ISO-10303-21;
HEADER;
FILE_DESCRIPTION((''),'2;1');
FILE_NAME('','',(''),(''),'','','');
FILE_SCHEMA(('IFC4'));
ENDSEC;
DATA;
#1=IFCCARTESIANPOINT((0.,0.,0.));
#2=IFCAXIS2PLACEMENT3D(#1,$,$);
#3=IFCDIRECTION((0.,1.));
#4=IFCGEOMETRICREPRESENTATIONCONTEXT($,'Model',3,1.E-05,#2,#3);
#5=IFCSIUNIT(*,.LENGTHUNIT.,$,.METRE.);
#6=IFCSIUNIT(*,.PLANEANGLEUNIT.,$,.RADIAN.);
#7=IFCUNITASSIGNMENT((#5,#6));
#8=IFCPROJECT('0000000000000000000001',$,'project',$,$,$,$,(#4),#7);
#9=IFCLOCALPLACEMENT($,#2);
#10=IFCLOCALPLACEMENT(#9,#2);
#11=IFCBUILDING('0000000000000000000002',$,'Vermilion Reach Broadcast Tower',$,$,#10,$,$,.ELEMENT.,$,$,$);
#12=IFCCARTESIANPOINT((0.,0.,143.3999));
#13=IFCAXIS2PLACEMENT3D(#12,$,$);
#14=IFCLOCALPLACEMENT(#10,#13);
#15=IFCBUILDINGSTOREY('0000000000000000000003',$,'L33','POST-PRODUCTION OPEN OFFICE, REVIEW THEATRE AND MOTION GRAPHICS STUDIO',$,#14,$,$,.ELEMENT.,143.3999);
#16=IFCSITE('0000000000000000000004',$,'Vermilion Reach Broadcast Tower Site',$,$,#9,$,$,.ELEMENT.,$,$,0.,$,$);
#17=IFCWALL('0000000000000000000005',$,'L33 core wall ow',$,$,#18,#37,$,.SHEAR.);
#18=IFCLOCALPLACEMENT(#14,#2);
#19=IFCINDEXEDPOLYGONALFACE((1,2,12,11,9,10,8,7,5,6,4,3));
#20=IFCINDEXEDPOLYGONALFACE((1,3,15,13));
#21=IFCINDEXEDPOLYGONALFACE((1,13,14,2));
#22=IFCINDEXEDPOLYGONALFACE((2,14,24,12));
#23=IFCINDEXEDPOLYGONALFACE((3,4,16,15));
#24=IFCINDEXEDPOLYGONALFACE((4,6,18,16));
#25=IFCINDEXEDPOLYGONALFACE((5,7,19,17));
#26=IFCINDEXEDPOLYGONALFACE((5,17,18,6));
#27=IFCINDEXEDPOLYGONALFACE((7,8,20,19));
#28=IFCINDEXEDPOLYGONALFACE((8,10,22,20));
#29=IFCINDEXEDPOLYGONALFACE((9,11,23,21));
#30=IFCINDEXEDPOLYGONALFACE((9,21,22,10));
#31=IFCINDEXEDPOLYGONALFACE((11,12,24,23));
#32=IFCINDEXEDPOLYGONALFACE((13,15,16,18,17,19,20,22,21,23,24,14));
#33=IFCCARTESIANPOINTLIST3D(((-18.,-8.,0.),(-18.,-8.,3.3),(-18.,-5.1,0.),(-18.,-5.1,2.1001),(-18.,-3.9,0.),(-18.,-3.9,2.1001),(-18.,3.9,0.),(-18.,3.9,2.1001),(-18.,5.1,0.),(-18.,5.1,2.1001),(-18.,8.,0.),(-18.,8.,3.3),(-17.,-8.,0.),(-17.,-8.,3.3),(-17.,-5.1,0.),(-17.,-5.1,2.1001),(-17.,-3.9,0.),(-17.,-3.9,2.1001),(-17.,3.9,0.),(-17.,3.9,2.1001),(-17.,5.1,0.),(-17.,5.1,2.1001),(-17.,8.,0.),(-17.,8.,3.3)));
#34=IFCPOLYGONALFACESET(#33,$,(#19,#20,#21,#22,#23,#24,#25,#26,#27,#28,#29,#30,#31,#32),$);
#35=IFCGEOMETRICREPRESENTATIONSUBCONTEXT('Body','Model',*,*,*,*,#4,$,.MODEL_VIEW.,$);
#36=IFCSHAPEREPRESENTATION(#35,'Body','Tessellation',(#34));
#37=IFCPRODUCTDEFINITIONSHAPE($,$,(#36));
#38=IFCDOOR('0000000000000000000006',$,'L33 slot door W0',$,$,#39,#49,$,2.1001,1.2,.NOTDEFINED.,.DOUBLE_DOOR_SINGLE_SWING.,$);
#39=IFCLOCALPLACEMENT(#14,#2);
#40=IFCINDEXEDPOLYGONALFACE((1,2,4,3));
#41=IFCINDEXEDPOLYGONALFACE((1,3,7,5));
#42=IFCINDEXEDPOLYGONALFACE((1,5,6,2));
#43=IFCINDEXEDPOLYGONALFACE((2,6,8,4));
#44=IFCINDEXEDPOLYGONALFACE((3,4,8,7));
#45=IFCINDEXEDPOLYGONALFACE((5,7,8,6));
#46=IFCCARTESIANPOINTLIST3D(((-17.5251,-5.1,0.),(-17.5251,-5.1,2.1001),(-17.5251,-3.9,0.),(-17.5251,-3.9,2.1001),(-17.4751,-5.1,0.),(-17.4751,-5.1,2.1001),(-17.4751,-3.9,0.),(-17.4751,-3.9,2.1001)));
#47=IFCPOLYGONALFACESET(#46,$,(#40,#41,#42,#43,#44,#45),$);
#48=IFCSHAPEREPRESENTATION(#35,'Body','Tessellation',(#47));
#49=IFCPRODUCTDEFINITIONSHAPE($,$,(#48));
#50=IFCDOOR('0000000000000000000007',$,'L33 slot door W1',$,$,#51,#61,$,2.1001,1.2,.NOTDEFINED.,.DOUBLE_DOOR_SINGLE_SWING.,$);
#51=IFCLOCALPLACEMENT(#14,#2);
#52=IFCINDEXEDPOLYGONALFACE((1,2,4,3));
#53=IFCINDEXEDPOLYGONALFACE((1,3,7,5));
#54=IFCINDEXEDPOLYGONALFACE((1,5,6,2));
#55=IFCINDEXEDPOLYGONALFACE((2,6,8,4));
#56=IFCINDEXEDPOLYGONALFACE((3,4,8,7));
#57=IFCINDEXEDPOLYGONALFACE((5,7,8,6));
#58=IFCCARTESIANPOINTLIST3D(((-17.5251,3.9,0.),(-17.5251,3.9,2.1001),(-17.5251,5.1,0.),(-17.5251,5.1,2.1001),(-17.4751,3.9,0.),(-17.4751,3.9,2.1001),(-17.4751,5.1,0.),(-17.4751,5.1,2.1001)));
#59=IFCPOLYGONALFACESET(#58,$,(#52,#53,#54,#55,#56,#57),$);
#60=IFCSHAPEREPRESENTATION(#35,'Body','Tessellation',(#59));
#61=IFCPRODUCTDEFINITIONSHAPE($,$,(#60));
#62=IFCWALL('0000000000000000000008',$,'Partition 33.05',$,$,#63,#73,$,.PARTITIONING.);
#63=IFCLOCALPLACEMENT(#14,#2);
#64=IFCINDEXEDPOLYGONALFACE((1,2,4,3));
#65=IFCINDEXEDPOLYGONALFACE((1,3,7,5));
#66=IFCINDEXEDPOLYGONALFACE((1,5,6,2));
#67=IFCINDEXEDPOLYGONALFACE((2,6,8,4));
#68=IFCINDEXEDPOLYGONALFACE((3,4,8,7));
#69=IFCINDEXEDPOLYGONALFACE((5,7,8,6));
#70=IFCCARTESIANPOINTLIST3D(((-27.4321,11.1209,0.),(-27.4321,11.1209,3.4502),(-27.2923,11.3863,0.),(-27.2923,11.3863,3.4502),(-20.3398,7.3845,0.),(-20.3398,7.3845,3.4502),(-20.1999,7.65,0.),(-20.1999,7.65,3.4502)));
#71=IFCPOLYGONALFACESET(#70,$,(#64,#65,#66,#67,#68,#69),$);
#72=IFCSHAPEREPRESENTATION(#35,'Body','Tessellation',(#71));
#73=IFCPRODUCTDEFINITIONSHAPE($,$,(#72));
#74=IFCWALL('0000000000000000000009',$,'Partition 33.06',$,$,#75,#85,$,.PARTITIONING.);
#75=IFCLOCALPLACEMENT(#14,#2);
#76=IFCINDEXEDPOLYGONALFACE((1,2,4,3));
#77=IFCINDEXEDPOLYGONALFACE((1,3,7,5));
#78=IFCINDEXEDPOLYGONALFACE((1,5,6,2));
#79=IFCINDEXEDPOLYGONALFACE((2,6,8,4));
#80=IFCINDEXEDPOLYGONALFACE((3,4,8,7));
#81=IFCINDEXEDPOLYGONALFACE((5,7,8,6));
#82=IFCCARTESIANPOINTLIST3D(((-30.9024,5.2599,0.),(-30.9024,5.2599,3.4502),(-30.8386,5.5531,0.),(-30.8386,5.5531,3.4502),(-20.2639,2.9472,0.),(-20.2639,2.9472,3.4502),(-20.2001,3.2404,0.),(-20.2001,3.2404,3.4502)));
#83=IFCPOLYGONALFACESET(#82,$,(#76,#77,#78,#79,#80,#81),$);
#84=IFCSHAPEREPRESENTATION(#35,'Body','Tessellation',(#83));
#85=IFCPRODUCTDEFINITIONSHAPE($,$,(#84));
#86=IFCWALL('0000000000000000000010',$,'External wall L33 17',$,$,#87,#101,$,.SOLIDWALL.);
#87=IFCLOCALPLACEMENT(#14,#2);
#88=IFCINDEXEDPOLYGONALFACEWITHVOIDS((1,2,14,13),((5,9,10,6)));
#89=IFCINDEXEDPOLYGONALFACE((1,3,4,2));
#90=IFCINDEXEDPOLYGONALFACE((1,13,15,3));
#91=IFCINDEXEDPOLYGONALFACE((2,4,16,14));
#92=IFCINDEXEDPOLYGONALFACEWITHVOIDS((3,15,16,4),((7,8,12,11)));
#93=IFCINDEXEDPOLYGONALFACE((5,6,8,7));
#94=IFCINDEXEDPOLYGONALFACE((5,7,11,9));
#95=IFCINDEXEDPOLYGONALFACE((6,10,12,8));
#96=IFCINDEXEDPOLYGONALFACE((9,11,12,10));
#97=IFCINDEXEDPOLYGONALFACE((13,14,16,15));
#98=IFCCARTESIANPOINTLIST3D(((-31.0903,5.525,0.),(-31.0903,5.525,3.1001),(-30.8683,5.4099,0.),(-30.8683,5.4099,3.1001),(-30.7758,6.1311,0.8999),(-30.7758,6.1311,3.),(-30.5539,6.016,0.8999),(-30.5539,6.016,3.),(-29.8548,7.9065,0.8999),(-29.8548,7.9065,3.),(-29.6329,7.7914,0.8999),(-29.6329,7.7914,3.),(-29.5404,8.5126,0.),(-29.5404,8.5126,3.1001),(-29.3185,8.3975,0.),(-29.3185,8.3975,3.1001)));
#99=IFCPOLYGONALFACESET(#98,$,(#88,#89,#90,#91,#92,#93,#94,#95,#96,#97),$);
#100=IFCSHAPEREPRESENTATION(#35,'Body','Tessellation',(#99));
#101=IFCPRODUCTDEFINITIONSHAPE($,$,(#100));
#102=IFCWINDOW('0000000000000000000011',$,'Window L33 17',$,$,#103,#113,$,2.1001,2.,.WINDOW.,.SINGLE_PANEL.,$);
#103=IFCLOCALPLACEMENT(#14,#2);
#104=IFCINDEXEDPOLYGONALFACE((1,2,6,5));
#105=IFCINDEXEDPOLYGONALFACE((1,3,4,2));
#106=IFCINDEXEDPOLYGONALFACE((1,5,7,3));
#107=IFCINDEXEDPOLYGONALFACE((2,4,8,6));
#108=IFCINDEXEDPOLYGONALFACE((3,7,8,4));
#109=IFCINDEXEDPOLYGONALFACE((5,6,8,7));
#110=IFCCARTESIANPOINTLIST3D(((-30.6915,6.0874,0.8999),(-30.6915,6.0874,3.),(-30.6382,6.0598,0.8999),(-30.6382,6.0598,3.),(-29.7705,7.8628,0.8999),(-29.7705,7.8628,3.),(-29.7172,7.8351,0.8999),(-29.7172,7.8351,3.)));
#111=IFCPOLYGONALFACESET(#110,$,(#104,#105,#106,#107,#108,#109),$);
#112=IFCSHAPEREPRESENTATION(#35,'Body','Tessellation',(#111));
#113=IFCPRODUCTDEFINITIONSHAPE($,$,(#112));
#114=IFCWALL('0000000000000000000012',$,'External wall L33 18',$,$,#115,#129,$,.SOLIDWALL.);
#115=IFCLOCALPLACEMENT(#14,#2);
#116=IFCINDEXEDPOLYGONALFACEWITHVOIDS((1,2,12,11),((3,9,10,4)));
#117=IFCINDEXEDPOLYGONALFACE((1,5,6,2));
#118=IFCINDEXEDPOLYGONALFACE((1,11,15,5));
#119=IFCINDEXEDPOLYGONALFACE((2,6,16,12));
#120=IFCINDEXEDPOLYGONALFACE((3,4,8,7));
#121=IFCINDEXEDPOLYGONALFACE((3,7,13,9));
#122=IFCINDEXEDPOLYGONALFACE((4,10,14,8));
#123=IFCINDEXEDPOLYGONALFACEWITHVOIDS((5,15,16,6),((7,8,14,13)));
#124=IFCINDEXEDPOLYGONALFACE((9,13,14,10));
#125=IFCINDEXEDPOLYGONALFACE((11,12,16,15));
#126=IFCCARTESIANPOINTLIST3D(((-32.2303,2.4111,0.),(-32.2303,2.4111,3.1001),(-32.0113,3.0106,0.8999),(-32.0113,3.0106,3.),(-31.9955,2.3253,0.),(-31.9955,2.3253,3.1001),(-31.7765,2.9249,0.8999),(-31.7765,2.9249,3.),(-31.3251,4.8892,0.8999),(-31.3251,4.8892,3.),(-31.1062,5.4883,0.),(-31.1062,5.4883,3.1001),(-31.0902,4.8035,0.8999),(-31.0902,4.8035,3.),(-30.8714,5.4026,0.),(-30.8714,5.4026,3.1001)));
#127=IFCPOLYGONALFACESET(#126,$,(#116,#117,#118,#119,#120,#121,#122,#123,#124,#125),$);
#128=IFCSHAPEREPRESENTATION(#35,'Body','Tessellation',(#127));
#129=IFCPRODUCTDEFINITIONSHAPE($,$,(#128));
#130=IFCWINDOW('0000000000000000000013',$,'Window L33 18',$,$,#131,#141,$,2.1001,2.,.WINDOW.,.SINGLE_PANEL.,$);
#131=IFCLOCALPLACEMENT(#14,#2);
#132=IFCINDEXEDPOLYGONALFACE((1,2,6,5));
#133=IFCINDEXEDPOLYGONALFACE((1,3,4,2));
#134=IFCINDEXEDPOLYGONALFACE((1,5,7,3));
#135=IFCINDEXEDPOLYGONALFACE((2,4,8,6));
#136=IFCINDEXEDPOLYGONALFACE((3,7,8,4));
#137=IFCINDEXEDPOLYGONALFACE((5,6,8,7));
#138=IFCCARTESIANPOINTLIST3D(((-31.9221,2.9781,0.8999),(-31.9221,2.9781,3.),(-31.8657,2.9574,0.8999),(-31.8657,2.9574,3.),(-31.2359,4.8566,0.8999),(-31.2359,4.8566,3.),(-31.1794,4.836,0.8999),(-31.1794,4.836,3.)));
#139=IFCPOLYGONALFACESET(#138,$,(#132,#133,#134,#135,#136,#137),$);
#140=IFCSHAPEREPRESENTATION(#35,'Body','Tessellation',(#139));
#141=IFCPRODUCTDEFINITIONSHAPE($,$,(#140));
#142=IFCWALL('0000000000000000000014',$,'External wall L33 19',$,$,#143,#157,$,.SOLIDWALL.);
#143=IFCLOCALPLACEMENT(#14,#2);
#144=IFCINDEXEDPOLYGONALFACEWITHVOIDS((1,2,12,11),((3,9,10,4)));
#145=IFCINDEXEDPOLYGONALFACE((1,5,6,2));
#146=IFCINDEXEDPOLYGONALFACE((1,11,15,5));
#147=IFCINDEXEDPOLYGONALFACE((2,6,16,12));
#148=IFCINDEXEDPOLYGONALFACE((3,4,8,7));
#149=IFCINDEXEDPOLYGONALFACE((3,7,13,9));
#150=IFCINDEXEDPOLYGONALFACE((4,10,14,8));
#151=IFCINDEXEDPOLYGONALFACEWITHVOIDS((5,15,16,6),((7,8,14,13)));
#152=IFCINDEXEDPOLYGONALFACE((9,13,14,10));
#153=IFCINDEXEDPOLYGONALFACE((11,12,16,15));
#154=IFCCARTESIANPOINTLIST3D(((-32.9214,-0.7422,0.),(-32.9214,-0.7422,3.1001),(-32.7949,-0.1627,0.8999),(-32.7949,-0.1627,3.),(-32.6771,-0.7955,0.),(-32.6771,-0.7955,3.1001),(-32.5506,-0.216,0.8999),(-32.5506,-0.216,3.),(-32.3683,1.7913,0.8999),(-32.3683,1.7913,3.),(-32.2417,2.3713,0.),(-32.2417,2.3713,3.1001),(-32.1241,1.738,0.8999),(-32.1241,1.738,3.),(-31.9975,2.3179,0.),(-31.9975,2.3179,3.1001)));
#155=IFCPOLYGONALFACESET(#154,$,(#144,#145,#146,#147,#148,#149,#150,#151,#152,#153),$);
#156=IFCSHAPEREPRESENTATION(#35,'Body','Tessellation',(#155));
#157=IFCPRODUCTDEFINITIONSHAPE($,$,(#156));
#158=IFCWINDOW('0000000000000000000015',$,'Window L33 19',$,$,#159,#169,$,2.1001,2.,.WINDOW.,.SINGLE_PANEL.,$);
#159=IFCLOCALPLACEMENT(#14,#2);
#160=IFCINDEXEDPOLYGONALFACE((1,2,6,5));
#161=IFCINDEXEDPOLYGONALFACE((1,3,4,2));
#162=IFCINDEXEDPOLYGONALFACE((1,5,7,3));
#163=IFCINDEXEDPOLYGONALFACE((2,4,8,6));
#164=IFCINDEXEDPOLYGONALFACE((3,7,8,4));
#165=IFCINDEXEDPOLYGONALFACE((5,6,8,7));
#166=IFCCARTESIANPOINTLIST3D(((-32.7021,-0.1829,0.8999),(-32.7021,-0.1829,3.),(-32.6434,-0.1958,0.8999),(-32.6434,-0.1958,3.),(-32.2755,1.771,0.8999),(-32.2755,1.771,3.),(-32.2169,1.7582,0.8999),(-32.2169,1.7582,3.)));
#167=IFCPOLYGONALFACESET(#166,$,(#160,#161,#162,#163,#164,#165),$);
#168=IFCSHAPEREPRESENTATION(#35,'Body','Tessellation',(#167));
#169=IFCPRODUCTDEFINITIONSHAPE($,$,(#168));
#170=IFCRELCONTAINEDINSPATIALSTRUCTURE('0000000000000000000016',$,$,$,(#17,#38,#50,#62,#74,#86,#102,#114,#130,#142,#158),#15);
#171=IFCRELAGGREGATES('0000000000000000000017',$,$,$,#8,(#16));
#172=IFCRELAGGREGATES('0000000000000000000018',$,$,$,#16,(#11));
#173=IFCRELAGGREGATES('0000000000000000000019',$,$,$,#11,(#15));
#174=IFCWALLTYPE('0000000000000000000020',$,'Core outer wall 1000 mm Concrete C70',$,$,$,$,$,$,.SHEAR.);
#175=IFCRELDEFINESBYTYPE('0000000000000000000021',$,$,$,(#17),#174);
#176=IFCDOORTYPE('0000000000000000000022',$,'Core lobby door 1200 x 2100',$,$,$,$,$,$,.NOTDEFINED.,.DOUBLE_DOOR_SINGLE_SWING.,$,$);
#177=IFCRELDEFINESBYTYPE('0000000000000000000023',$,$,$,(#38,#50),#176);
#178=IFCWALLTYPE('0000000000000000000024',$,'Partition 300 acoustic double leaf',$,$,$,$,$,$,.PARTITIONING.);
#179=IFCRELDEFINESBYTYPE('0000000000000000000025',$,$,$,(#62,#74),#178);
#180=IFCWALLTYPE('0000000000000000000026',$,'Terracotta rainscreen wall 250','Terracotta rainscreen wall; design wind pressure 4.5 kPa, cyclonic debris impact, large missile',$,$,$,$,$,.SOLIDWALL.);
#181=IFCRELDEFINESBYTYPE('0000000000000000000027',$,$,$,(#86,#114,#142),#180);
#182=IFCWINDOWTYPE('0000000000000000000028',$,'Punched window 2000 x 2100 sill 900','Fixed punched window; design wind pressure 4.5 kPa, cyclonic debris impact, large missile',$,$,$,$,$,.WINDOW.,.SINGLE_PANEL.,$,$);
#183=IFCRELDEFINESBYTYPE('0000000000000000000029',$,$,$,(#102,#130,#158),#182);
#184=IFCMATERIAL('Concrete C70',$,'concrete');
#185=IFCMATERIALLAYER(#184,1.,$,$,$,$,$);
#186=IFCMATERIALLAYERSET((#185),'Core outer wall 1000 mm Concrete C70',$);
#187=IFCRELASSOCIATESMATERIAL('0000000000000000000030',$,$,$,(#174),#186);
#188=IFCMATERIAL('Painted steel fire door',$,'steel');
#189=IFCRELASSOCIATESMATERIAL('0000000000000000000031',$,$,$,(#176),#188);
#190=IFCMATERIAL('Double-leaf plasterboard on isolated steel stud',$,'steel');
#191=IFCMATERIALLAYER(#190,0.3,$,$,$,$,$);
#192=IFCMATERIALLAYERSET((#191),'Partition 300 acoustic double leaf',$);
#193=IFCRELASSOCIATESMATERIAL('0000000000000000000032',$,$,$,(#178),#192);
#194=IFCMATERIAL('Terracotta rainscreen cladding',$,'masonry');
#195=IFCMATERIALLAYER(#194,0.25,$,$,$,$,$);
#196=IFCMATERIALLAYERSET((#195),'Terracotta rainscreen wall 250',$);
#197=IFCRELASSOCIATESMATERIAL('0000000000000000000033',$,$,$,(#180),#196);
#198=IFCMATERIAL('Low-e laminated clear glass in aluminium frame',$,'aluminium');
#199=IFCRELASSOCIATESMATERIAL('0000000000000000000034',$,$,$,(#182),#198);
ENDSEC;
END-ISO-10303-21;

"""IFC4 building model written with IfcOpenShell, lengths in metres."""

from ifc_helpers import new_model, si_unit, direction, frame, frame_2d, origin, place, context, subcontext, project, spatial, rectangle, extrude, material, layer, layer_set, type_object, element, fill, save


model = new_model("IFC4")

# Units and contexts
model_context = context("Model", 3, precision=1e-05, world=origin(), true_north=direction((0.0, 1.0)))
body_context = subcontext(model_context, "Body", "Model", "MODEL_VIEW")
ifc_project = project(units=[si_unit("LENGTHUNIT", "METRE"), si_unit("PLANEANGLEUNIT", "RADIAN")], contexts=[model_context])

# Site, building, storey
site_placement = place(None, origin())
site = spatial("IfcSite", under=ifc_project, at=site_placement, Name="Vermilion Reach Broadcast Tower Site", CompositionType="ELEMENT", RefElevation=0.0)
building_placement = place(site_placement, origin())
building = spatial("IfcBuilding", under=site, at=building_placement, Name="Vermilion Reach Broadcast Tower", CompositionType="ELEMENT")
storey_placement = place(building_placement, frame((0.0, 0.0, 143.3999)))
storey = spatial("IfcBuildingStorey", under=building, at=storey_placement, Name="L33", Description="POST-PRODUCTION OPEN OFFICE, REVIEW THEATRE AND MOTION GRAPHICS STUDIO", CompositionType="ELEMENT", Elevation=143.3999)

# Wall, openings, doors
ifc_material_1 = material(Name="Concrete C70", Category="concrete")
ifc_layer_1 = layer(ifc_material_1, 1.0)
ifc_layer_set_1 = layer_set([ifc_layer_1], Name="Core outer wall 1000 mm Concrete C70")
wall_type_1 = type_object("IfcWallType", Name="Core outer wall 1000 mm Concrete C70", PredefinedType="SHEAR", material=ifc_layer_set_1)
wall_1_placement = place(storey_placement, frame((-17.5, 8.0, 0.0), z_axis=(0.0, 0.0, 1.0), x_axis=(0.0, -1.0, 0.0)))
wall_1 = element("IfcWall", 1, at=wall_1_placement, inside=storey, type_object=wall_type_1, Name="L33 core wall ow", PredefinedType="SHEAR", context=body_context, shape_type="SweptSolid", body=[
    extrude(rectangle(XDim=16.0, YDim=1.0, at=frame_2d((8.0, 0.0))), origin(), (0.0, 0.0, 1.0), 3.3),
])
opening_1_placement = place(wall_1_placement, frame((11.8999, 0.0, 0.0)))
opening_1 = element("IfcOpeningElement", 2, at=opening_1_placement, cuts=wall_1, PredefinedType="OPENING", context=body_context, shape_type="SweptSolid", body=[
    extrude(rectangle(XDim=1.2, YDim=2.1001, at=frame_2d((0.6001, 1.05))), frame((0.0, 0.51, 0.0), z_axis=(0.0, -1.0, 0.0), x_axis=(1.0, 0.0, 0.0)), (0.0, 0.0, 1.0), 1.02),
])
opening_2_placement = place(wall_1_placement, frame((2.8999, 0.0, 0.0)))
opening_2 = element("IfcOpeningElement", 3, at=opening_2_placement, cuts=wall_1, PredefinedType="OPENING", context=body_context, shape_type="SweptSolid", body=[
    extrude(rectangle(XDim=1.2, YDim=2.1001, at=frame_2d((0.6001, 1.05))), frame((0.0, 0.51, 0.0), z_axis=(0.0, -1.0, 0.0), x_axis=(1.0, 0.0, 0.0)), (0.0, 0.0, 1.0), 1.02),
])
ifc_material_2 = material(Name="Painted steel fire door", Category="steel")
door_type_1 = type_object("IfcDoorType", Name="Core lobby door 1200 x 2100", OperationType="DOUBLE_DOOR_SINGLE_SWING", PredefinedType="NOTDEFINED", material=ifc_material_2)
door_1_placement = place(opening_1_placement, origin())
door_1 = element("IfcDoor", 4, at=door_1_placement, inside=storey, type_object=door_type_1, Name="L33 slot door W0", OperationType="DOUBLE_DOOR_SINGLE_SWING", OverallHeight=2.1001, OverallWidth=1.2, PredefinedType="NOTDEFINED", context=body_context, shape_type="SweptSolid", body=[
    extrude(rectangle(XDim=1.2, YDim=2.1001, at=frame_2d((0.6001, 1.05))), frame((0.0, 0.0249, 0.0), z_axis=(0.0, -1.0, 0.0), x_axis=(1.0, 0.0, 0.0)), (0.0, 0.0, 1.0), 0.05),
])
fill(opening_1, door_1)
door_2_placement = place(opening_2_placement, origin())
door_2 = element("IfcDoor", 5, at=door_2_placement, inside=storey, type_object=door_type_1, Name="L33 slot door W1", OperationType="DOUBLE_DOOR_SINGLE_SWING", OverallHeight=2.1001, OverallWidth=1.2, PredefinedType="NOTDEFINED", context=body_context, shape_type="SweptSolid", body=[
    extrude(rectangle(XDim=1.2, YDim=2.1001, at=frame_2d((0.6001, 1.05))), frame((0.0, 0.0249, 0.0), z_axis=(0.0, -1.0, 0.0), x_axis=(1.0, 0.0, 0.0)), (0.0, 0.0, 1.0), 0.05),
])
fill(opening_2, door_2)

# Walls
ifc_material_3 = material(Name="Double-leaf plasterboard on isolated steel stud", Category="steel")
ifc_layer_2 = layer(ifc_material_3, 0.3)
ifc_layer_set_2 = layer_set([ifc_layer_2], Name="Partition 300 acoustic double leaf")
wall_type_2 = type_object("IfcWallType", Name="Partition 300 acoustic double leaf", PredefinedType="PARTITIONING", material=ifc_layer_set_2)
wall_2_placement = place(storey_placement, frame((-27.3623, 11.2537, 0.0), z_axis=(0.0, 0.0, 1.0), x_axis=(0.884736, -0.466093, 0.0)))
element("IfcWall", 6, at=wall_2_placement, inside=storey, type_object=wall_type_2, Name="Partition 33.05", PredefinedType="PARTITIONING", context=body_context, shape_type="SweptSolid", body=[
    extrude(rectangle(XDim=8.0164, YDim=0.3, at=frame_2d((4.0083, 0.0))), origin(), (0.0, 0.0, 1.0), 3.4502),
])
wall_3_placement = place(storey_placement, frame((-30.8704, 5.4065, 0.0), z_axis=(0.0, 0.0, 1.0), x_axis=(0.977176, -0.212433, 0.0)))
element("IfcWall", 7, at=wall_3_placement, inside=storey, type_object=wall_type_2, Name="Partition 33.06", PredefinedType="PARTITIONING", context=body_context, shape_type="SweptSolid", body=[
    extrude(rectangle(XDim=10.887, YDim=0.3, at=frame_2d((5.4434, 0.0))), origin(), (0.0, 0.0, 1.0), 3.4502),
])

# Walls, openings, windows
ifc_material_4 = material(Name="Terracotta rainscreen cladding", Category="masonry")
ifc_layer_3 = layer(ifc_material_4, 0.25)
ifc_layer_set_3 = layer_set([ifc_layer_3], Name="Terracotta rainscreen wall 250")
wall_type_3 = type_object("IfcWallType", Name="Terracotta rainscreen wall 250", Description="Terracotta rainscreen wall; design wind pressure 4.5 kPa, cyclonic debris impact, large missile", PredefinedType="SOLIDWALL", material=ifc_layer_set_3)
wall_4_placement = place(storey_placement, frame((-29.4294, 8.4551, 0.0), z_axis=(0.0, 0.0, 1.0), x_axis=(-0.460482, -0.887669, 0.0)))
wall_4 = element("IfcWall", 8, at=wall_4_placement, inside=storey, type_object=wall_type_3, Name="External wall L33 17", PredefinedType="SOLIDWALL", context=body_context, shape_type="SweptSolid", body=[
    extrude(rectangle(XDim=3.3657, YDim=0.25, at=frame_2d((1.6829, 0.0))), origin(), (0.0, 0.0, 1.0), 3.1001),
])
opening_3_placement = place(wall_4_placement, frame((0.6829, 0.0, 0.8999)))
opening_3 = element("IfcOpeningElement", 9, at=opening_3_placement, cuts=wall_4, PredefinedType="OPENING", context=body_context, shape_type="SweptSolid", body=[
    extrude(rectangle(XDim=2.0, YDim=2.1001, at=frame_2d((1.0, 1.05))), frame((0.0, 0.135, 0.0), z_axis=(0.0, -1.0, 0.0), x_axis=(1.0, 0.0, 0.0)), (0.0, 0.0, 1.0), 0.27),
])
ifc_material_5 = material(Name="Low-e laminated clear glass in aluminium frame", Category="aluminium")
window_type = type_object("IfcWindowType", Name="Punched window 2000 x 2100 sill 900", Description="Fixed punched window; design wind pressure 4.5 kPa, cyclonic debris impact, large missile", PartitioningType="SINGLE_PANEL", PredefinedType="WINDOW", material=ifc_material_5)
window_1_placement = place(opening_3_placement, origin())
window_1 = element("IfcWindow", 10, at=window_1_placement, inside=storey, type_object=window_type, Name="Window L33 17", OverallHeight=2.1001, OverallWidth=2.0, PartitioningType="SINGLE_PANEL", PredefinedType="WINDOW", context=body_context, shape_type="SweptSolid", body=[
    extrude(rectangle(XDim=2.0, YDim=2.1001, at=frame_2d((1.0, 1.05))), frame((0.0, 0.03, 0.0), z_axis=(0.0, -1.0, 0.0), x_axis=(1.0, 0.0, 0.0)), (0.0, 0.0, 1.0), 0.0601),
])
fill(opening_3, window_1)
wall_5_placement = place(storey_placement, frame((-30.9888, 5.4456, 0.0), z_axis=(0.0, 0.0, 1.0), x_axis=(-0.343107, -0.939296, 0.0)))
wall_5 = element("IfcWall", 11, at=wall_5_placement, inside=storey, type_object=wall_type_3, Name="External wall L33 18", PredefinedType="SOLIDWALL", context=body_context, shape_type="SweptSolid", body=[
    extrude(rectangle(XDim=3.2761, YDim=0.25, at=frame_2d((1.6382, 0.0))), origin(), (0.0, 0.0, 1.0), 3.1001),
])
opening_4_placement = place(wall_5_placement, frame((0.6379, 0.0, 0.8999)))
opening_4 = element("IfcOpeningElement", 12, at=opening_4_placement, cuts=wall_5, PredefinedType="OPENING", context=body_context, shape_type="SweptSolid", body=[
    extrude(rectangle(XDim=2.0, YDim=2.1001, at=frame_2d((1.0, 1.05))), frame((0.0, 0.135, 0.0), z_axis=(0.0, -1.0, 0.0), x_axis=(1.0, 0.0, 0.0)), (0.0, 0.0, 1.0), 0.27),
])
window_2_placement = place(opening_4_placement, origin())
window_2 = element("IfcWindow", 13, at=window_2_placement, inside=storey, type_object=window_type, Name="Window L33 18", OverallHeight=2.1001, OverallWidth=2.0, PartitioningType="SINGLE_PANEL", PredefinedType="WINDOW", context=body_context, shape_type="SweptSolid", body=[
    extrude(rectangle(XDim=2.0, YDim=2.1001, at=frame_2d((1.0, 1.05))), frame((0.0, 0.03, 0.0), z_axis=(0.0, -1.0, 0.0), x_axis=(1.0, 0.0, 0.0)), (0.0, 0.0, 1.0), 0.0601),
])
fill(opening_4, window_2)
wall_6_placement = place(storey_placement, frame((-32.1196, 2.3445, 0.0), z_axis=(0.0, 0.0, 1.0), x_axis=(-0.213279, -0.976991, 0.0)))
wall_6 = element("IfcWall", 14, at=wall_6_placement, inside=storey, type_object=wall_type_3, Name="External wall L33 19", PredefinedType="SOLIDWALL", context=body_context, shape_type="SweptSolid", body=[
    extrude(rectangle(XDim=3.1868, YDim=0.25, at=frame_2d((1.5933, 0.0))), origin(), (0.0, 0.0, 1.0), 3.1001),
])
opening_5_placement = place(wall_6_placement, frame((0.5935, 0.0, 0.8999)))
opening_5 = element("IfcOpeningElement", 15, at=opening_5_placement, cuts=wall_6, PredefinedType="OPENING", context=body_context, shape_type="SweptSolid", body=[
    extrude(rectangle(XDim=2.0, YDim=2.1001, at=frame_2d((1.0, 1.05))), frame((0.0, 0.135, 0.0), z_axis=(0.0, -1.0, 0.0), x_axis=(1.0, 0.0, 0.0)), (0.0, 0.0, 1.0), 0.27),
])
window_3_placement = place(opening_5_placement, origin())
window_3 = element("IfcWindow", 16, at=window_3_placement, inside=storey, type_object=window_type, Name="Window L33 19", OverallHeight=2.1001, OverallWidth=2.0, PartitioningType="SINGLE_PANEL", PredefinedType="WINDOW", context=body_context, shape_type="SweptSolid", body=[
    extrude(rectangle(XDim=2.0, YDim=2.1001, at=frame_2d((1.0, 1.05))), frame((0.0, 0.03, 0.0), z_axis=(0.0, -1.0, 0.0), x_axis=(1.0, 0.0, 0.0)), (0.0, 0.0, 1.0), 0.0601),
])
fill(opening_5, window_3)

save(model, "model.ifc")
